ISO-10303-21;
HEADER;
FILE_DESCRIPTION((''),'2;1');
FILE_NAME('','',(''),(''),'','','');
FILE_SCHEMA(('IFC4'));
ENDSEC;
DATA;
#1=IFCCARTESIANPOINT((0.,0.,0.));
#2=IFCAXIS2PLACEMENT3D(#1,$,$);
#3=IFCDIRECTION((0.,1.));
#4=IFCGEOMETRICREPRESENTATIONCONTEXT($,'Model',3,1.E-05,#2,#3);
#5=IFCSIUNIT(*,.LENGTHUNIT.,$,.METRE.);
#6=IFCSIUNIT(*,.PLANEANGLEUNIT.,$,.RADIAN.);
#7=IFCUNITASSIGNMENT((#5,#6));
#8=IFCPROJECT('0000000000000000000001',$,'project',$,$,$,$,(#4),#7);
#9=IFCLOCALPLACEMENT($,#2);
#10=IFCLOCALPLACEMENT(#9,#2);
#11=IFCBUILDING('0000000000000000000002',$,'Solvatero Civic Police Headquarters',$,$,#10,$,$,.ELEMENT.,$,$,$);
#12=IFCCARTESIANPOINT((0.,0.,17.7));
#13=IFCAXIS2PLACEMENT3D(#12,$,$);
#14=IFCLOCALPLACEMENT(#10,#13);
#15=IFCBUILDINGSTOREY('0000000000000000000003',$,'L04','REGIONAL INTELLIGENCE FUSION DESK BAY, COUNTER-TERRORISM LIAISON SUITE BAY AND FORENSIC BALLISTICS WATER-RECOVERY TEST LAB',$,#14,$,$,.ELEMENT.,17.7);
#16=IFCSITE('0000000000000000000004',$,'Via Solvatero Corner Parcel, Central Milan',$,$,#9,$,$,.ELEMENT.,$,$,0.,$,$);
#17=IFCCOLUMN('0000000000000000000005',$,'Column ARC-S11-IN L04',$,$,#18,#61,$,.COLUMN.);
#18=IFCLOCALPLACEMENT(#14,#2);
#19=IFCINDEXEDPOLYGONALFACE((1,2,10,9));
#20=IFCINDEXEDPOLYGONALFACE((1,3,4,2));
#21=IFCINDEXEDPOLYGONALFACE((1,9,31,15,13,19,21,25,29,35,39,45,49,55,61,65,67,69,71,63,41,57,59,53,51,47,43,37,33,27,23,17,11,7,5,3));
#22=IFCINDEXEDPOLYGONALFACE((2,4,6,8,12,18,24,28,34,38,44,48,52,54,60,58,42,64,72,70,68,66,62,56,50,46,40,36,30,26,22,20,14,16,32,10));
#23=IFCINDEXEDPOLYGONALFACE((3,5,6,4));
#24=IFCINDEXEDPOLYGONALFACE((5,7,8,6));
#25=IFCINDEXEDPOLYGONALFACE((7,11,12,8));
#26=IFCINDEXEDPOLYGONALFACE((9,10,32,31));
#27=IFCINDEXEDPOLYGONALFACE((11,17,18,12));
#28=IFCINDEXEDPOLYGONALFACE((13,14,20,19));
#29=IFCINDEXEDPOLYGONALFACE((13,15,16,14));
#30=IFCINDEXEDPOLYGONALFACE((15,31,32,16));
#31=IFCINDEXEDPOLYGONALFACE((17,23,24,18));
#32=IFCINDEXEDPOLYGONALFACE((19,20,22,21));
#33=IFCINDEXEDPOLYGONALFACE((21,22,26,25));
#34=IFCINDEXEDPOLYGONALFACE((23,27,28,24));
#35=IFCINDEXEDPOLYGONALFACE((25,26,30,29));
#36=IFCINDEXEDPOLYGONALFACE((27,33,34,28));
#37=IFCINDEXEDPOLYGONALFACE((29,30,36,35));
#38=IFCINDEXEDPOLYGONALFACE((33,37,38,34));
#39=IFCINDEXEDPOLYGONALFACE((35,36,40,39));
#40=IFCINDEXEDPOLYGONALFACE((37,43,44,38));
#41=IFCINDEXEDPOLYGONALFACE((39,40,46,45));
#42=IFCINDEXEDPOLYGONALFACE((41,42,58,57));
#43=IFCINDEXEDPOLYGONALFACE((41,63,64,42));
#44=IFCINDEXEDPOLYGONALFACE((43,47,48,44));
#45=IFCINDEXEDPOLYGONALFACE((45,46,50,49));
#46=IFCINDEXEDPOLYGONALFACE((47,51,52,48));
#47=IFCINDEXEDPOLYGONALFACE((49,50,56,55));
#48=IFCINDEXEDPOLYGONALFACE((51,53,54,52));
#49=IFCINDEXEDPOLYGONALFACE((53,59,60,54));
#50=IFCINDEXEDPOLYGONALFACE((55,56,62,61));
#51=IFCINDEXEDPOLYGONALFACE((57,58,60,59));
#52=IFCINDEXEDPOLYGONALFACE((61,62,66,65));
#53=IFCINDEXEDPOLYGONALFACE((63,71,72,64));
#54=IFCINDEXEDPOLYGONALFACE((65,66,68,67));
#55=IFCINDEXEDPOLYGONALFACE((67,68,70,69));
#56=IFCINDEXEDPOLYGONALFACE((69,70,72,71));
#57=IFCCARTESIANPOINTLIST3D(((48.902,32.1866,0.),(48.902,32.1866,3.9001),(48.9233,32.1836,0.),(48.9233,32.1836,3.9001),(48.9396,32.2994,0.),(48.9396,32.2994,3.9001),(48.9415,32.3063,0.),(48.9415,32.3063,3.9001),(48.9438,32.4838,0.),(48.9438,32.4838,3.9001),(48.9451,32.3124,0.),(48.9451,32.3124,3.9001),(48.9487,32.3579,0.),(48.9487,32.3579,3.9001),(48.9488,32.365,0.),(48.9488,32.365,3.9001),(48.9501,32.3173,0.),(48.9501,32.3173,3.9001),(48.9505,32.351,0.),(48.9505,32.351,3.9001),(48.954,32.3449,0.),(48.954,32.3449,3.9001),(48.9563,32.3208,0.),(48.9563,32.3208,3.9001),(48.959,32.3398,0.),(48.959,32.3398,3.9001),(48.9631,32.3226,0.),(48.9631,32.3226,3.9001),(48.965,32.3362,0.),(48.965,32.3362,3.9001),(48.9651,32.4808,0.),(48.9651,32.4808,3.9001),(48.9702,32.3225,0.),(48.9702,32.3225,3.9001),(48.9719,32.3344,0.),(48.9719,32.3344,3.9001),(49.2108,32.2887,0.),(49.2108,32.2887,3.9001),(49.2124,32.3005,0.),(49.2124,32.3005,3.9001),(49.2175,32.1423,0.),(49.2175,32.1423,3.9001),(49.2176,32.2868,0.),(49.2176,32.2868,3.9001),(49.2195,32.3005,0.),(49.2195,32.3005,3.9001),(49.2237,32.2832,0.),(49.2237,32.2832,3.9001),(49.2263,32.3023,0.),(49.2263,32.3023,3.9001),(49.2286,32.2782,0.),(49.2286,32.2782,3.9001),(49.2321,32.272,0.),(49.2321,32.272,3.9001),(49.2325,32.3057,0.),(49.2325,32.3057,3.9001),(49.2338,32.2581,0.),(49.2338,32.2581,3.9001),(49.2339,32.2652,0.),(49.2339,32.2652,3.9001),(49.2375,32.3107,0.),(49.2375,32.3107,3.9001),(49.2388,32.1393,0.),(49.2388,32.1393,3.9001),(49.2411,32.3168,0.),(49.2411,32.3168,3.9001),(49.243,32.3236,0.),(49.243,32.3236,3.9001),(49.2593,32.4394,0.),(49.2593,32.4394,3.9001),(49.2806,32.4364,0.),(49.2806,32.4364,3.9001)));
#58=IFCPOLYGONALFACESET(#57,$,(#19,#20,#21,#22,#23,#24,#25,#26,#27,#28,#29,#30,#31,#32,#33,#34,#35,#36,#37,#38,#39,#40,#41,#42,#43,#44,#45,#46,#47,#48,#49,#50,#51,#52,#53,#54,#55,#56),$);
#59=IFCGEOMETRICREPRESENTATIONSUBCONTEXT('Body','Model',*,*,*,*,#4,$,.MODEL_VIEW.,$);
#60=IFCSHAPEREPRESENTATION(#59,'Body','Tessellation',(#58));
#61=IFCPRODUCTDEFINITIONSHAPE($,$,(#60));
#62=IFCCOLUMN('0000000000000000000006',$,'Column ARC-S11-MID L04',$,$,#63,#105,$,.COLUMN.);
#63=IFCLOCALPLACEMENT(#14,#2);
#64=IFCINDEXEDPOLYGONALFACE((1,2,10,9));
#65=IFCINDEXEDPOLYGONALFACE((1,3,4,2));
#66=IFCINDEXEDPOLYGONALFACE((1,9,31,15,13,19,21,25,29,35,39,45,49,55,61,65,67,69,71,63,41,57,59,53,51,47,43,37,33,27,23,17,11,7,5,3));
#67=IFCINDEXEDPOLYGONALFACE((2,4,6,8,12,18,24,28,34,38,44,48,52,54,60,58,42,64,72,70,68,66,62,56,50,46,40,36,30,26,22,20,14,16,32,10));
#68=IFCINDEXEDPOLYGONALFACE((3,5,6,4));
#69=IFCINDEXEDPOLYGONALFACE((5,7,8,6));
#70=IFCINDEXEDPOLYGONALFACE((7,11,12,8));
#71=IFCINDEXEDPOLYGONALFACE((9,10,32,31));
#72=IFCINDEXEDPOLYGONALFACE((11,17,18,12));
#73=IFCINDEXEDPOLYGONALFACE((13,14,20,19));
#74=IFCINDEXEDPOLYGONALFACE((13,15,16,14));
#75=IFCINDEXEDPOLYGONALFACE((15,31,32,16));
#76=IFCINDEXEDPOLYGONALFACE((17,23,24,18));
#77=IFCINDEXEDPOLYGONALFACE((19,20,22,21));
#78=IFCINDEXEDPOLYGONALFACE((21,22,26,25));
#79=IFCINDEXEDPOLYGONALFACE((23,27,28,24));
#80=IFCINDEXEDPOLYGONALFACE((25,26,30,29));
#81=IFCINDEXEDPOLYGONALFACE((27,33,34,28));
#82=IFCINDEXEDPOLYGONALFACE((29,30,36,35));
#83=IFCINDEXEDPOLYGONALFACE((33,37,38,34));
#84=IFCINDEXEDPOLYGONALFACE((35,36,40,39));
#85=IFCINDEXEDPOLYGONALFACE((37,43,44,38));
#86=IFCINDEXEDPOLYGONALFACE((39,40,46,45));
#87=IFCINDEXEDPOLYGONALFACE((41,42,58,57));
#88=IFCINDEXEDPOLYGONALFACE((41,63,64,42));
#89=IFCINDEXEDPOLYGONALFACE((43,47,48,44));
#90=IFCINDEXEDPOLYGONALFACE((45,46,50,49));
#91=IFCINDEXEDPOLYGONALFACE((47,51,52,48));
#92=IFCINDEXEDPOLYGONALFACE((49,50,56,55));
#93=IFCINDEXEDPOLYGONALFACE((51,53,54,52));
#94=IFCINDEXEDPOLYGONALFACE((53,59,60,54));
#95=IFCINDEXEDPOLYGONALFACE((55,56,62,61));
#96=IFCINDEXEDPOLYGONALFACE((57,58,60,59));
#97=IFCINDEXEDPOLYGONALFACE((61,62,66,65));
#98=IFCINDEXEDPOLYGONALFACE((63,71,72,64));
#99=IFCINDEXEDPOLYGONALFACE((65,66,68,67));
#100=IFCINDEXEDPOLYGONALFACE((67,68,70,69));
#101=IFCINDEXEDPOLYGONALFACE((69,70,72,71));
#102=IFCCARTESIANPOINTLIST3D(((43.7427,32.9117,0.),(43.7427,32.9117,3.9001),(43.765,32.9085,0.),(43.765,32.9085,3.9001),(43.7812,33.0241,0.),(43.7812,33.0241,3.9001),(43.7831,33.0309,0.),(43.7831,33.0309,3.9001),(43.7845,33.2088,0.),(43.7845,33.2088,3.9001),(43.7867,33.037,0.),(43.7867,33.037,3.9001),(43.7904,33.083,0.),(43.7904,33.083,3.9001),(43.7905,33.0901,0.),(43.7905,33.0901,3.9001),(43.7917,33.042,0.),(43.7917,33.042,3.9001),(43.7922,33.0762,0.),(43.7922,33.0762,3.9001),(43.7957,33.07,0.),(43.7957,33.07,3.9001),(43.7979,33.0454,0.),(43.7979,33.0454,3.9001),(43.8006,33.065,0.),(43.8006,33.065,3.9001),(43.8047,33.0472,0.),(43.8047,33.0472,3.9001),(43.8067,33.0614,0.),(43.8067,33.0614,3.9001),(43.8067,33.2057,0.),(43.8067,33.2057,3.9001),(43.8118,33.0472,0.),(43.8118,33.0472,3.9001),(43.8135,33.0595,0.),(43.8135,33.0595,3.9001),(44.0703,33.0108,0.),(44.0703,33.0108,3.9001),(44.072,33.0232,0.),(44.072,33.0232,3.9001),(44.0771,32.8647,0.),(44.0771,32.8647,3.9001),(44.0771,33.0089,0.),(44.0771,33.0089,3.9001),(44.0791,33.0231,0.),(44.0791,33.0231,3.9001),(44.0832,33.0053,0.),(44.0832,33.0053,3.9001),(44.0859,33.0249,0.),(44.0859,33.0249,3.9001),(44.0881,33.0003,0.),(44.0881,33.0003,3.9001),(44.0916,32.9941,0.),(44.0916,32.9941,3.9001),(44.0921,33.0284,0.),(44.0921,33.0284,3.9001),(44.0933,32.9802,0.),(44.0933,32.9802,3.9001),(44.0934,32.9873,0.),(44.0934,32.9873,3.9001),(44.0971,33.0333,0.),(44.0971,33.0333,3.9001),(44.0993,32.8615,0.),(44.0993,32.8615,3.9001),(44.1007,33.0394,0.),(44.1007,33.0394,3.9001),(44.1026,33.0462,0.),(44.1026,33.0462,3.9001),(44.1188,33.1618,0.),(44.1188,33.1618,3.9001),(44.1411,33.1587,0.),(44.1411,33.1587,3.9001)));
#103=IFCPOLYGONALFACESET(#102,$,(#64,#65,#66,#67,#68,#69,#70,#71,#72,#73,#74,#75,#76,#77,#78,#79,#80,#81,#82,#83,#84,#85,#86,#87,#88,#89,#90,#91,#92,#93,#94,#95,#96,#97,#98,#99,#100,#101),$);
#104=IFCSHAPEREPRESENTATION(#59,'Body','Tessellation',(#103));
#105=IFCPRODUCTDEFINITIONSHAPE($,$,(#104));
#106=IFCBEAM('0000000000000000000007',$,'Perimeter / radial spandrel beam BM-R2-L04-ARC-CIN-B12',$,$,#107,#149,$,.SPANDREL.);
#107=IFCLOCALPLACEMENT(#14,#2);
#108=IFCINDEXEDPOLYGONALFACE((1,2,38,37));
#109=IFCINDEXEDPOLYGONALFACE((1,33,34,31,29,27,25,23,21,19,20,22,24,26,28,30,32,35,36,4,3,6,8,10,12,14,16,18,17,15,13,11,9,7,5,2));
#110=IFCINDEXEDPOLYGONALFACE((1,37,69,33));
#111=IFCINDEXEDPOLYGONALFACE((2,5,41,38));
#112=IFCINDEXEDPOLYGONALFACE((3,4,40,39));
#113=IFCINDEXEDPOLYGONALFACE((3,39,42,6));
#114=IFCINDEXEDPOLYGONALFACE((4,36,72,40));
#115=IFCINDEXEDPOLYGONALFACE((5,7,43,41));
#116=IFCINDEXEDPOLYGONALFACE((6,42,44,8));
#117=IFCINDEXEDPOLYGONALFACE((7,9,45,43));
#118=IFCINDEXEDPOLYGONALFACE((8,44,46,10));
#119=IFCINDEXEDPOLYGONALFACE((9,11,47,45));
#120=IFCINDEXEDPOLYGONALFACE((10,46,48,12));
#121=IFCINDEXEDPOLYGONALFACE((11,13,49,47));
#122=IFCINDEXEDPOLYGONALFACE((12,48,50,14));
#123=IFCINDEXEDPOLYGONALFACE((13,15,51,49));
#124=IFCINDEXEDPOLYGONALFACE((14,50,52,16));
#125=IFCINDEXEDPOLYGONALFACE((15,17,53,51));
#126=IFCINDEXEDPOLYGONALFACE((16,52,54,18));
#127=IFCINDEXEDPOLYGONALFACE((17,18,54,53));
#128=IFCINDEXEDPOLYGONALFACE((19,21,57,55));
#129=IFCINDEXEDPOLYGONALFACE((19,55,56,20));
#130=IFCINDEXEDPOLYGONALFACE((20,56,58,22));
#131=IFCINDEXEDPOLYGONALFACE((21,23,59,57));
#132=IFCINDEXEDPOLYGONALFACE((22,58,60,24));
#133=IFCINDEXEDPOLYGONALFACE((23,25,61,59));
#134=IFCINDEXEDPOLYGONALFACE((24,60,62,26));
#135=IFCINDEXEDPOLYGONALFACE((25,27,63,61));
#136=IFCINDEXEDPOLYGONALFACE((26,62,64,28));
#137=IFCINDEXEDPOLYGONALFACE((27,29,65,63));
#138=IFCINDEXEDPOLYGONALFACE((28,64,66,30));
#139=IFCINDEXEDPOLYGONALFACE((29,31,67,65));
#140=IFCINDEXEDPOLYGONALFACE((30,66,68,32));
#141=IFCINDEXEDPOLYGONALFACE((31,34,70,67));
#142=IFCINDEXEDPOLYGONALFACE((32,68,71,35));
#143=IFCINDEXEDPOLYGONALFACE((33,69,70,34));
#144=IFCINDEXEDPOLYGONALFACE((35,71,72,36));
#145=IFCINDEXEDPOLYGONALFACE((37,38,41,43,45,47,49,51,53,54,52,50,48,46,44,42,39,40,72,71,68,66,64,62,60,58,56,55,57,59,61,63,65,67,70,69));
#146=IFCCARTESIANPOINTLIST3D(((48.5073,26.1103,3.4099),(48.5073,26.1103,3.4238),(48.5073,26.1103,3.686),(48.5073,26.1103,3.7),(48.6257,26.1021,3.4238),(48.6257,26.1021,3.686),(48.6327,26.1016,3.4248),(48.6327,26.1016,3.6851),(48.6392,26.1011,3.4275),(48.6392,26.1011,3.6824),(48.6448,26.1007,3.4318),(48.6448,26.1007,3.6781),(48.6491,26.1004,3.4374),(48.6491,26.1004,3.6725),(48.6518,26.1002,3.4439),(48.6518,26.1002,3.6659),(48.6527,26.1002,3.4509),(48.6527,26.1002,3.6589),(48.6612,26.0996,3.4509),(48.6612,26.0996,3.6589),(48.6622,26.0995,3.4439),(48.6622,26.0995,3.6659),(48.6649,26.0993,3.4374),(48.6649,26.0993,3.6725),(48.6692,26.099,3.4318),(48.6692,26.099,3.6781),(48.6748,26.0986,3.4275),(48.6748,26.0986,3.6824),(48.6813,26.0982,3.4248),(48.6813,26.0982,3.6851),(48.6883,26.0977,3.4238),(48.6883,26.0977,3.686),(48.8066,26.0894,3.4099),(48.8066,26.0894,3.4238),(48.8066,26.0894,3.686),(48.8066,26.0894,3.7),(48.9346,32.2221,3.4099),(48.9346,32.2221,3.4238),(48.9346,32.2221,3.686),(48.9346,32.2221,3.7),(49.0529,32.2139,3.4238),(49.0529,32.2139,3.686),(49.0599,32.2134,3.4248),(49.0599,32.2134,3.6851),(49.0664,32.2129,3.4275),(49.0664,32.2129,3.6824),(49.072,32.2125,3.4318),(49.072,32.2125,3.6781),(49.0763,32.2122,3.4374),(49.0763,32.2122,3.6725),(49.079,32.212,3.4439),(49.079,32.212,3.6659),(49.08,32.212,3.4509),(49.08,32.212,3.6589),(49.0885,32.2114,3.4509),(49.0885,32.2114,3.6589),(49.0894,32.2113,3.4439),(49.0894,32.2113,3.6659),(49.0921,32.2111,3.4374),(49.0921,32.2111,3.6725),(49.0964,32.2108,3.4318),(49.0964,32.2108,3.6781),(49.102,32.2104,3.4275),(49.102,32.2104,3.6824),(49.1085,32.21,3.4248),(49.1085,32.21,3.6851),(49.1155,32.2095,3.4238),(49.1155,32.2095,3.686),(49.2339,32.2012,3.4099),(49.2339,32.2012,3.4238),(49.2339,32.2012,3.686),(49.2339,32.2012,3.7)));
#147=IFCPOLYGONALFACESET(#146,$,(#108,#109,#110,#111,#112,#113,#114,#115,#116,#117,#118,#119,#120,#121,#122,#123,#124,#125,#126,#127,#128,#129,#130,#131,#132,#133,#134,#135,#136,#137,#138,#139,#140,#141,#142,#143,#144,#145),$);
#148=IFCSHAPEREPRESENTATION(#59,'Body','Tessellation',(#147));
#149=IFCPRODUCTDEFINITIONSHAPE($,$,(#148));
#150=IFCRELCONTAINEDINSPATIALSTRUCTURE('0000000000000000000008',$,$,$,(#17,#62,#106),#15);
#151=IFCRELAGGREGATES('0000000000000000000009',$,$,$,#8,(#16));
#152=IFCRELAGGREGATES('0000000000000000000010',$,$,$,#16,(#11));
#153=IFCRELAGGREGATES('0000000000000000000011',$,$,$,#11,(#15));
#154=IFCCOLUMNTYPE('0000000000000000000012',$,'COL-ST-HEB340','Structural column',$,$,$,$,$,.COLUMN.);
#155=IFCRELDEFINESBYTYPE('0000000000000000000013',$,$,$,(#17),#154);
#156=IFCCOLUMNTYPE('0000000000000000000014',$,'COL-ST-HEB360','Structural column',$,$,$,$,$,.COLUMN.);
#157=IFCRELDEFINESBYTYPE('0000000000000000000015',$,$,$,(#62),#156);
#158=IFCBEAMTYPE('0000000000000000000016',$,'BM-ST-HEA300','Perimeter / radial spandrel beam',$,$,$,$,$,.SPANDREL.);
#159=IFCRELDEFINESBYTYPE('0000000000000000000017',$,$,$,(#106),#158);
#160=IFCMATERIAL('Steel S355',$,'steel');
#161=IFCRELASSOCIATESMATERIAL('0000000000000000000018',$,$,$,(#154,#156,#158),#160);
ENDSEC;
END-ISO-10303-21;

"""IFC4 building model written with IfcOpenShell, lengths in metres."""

from ifc_helpers import new_model, si_unit, direction, frame, origin, origin_2d, place, context, subcontext, project, spatial, i_section, extrude, material, material_profile, profile_set, type_object, element, save


model = new_model("IFC4")

# Units and contexts
model_context = context("Model", 3, precision=1e-05, world=origin(), true_north=direction((0.0, 1.0)))
body_context = subcontext(model_context, "Body", "Model", "MODEL_VIEW")
ifc_project = project(units=[si_unit("LENGTHUNIT", "METRE"), si_unit("PLANEANGLEUNIT", "RADIAN")], contexts=[model_context])

# Site, building, storey
site_placement = place(None, origin())
site = spatial("IfcSite", under=ifc_project, at=site_placement, Name="Via Solvatero Corner Parcel, Central Milan", CompositionType="ELEMENT", RefElevation=0.0)
building_placement = place(site_placement, origin())
building = spatial("IfcBuilding", under=site, at=building_placement, Name="Solvatero Civic Police Headquarters", CompositionType="ELEMENT")
storey_placement = place(building_placement, frame((0.0, 0.0, 17.7)))
storey = spatial("IfcBuildingStorey", under=building, at=storey_placement, Name="L04", Description="REGIONAL INTELLIGENCE FUSION DESK BAY, COUNTER-TERRORISM LIAISON SUITE BAY AND FORENSIC BALLISTICS WATER-RECOVERY TEST LAB", CompositionType="ELEMENT", Elevation=17.7)

# Columns
ifc_material_1 = material(Name="Steel S355", Category="steel")
ifc_material_profile_1 = material_profile(ifc_material_1, i_section(OverallWidth=0.3, OverallDepth=0.3401, WebThickness=0.012, FlangeThickness=0.0215, FilletRadius=0.0271, at=origin_2d()), Name="HEB 340")
ifc_profile_set_1 = profile_set([ifc_material_profile_1], Name="Steel S355")
column_type_1 = type_object("IfcColumnType", Name="COL-ST-HEB340", Description="Structural column", PredefinedType="COLUMN", material=ifc_profile_set_1)
column_1_placement = place(storey_placement, frame((49.0913, 32.3115, 0.0), z_axis=(0.0, 0.0, 1.0), x_axis=(0.139173, 0.990268, 0.0)))
element("IfcColumn", 1, at=column_1_placement, inside=storey, type_object=column_type_1, Name="Column ARC-S11-IN L04", PredefinedType="COLUMN", context=body_context, shape_type="SweptSolid", body=[
    extrude(i_section(OverallWidth=0.3, OverallDepth=0.3401, WebThickness=0.012, FlangeThickness=0.0215, FilletRadius=0.0271, at=origin_2d()), origin(), (0.0, 0.0, 1.0), 3.9001),
])
ifc_material_profile_2 = material_profile(ifc_material_1, i_section(OverallWidth=0.3, OverallDepth=0.3601, WebThickness=0.0125, FlangeThickness=0.0225, FilletRadius=0.0271, at=origin_2d()), Name="HEB 360")
ifc_profile_set_2 = profile_set([ifc_material_profile_2], Name="Steel S355")
column_type_2 = type_object("IfcColumnType", Name="COL-ST-HEB360", Description="Structural column", PredefinedType="COLUMN", material=ifc_profile_set_2)
column_2_placement = place(storey_placement, frame((43.9419, 33.0352, 0.0), z_axis=(0.0, 0.0, 1.0), x_axis=(0.139173, 0.990268, 0.0)))
element("IfcColumn", 2, at=column_2_placement, inside=storey, type_object=column_type_2, Name="Column ARC-S11-MID L04", PredefinedType="COLUMN", context=body_context, shape_type="SweptSolid", body=[
    extrude(i_section(OverallWidth=0.3, OverallDepth=0.3601, WebThickness=0.0125, FlangeThickness=0.0225, FilletRadius=0.0271, at=origin_2d()), origin(), (0.0, 0.0, 1.0), 3.9001),
])

# Beam
ifc_material_profile_3 = material_profile(ifc_material_1, i_section(OverallWidth=0.3, OverallDepth=0.29, WebThickness=0.0085, FlangeThickness=0.0139, FilletRadius=0.0271, at=origin_2d()), Name="HEA 300")
ifc_profile_set_3 = profile_set([ifc_material_profile_3], Name="Steel S355")
beam_type_1 = type_object("IfcBeamType", Name="BM-ST-HEA300", Description="Perimeter / radial spandrel beam", PredefinedType="SPANDREL", material=ifc_profile_set_3)
beam_1_placement = place(storey_placement, frame((49.0842, 32.2117, 3.5549), z_axis=(-0.069735, -0.997566, 0.0), x_axis=(0.997566, -0.069735, 0.0)))
element("IfcBeam", 3, at=beam_1_placement, inside=storey, type_object=beam_type_1, Name="Perimeter / radial spandrel beam BM-R2-L04-ARC-CIN-B12", PredefinedType="SPANDREL", context=body_context, shape_type="SweptSolid", body=[
    extrude(i_section(OverallWidth=0.3, OverallDepth=0.29, WebThickness=0.0085, FlangeThickness=0.0139, FilletRadius=0.0271, at=origin_2d()), origin(), (0.0, 0.0, 1.0), 6.1267),
])

save(model, "model.ifc")
